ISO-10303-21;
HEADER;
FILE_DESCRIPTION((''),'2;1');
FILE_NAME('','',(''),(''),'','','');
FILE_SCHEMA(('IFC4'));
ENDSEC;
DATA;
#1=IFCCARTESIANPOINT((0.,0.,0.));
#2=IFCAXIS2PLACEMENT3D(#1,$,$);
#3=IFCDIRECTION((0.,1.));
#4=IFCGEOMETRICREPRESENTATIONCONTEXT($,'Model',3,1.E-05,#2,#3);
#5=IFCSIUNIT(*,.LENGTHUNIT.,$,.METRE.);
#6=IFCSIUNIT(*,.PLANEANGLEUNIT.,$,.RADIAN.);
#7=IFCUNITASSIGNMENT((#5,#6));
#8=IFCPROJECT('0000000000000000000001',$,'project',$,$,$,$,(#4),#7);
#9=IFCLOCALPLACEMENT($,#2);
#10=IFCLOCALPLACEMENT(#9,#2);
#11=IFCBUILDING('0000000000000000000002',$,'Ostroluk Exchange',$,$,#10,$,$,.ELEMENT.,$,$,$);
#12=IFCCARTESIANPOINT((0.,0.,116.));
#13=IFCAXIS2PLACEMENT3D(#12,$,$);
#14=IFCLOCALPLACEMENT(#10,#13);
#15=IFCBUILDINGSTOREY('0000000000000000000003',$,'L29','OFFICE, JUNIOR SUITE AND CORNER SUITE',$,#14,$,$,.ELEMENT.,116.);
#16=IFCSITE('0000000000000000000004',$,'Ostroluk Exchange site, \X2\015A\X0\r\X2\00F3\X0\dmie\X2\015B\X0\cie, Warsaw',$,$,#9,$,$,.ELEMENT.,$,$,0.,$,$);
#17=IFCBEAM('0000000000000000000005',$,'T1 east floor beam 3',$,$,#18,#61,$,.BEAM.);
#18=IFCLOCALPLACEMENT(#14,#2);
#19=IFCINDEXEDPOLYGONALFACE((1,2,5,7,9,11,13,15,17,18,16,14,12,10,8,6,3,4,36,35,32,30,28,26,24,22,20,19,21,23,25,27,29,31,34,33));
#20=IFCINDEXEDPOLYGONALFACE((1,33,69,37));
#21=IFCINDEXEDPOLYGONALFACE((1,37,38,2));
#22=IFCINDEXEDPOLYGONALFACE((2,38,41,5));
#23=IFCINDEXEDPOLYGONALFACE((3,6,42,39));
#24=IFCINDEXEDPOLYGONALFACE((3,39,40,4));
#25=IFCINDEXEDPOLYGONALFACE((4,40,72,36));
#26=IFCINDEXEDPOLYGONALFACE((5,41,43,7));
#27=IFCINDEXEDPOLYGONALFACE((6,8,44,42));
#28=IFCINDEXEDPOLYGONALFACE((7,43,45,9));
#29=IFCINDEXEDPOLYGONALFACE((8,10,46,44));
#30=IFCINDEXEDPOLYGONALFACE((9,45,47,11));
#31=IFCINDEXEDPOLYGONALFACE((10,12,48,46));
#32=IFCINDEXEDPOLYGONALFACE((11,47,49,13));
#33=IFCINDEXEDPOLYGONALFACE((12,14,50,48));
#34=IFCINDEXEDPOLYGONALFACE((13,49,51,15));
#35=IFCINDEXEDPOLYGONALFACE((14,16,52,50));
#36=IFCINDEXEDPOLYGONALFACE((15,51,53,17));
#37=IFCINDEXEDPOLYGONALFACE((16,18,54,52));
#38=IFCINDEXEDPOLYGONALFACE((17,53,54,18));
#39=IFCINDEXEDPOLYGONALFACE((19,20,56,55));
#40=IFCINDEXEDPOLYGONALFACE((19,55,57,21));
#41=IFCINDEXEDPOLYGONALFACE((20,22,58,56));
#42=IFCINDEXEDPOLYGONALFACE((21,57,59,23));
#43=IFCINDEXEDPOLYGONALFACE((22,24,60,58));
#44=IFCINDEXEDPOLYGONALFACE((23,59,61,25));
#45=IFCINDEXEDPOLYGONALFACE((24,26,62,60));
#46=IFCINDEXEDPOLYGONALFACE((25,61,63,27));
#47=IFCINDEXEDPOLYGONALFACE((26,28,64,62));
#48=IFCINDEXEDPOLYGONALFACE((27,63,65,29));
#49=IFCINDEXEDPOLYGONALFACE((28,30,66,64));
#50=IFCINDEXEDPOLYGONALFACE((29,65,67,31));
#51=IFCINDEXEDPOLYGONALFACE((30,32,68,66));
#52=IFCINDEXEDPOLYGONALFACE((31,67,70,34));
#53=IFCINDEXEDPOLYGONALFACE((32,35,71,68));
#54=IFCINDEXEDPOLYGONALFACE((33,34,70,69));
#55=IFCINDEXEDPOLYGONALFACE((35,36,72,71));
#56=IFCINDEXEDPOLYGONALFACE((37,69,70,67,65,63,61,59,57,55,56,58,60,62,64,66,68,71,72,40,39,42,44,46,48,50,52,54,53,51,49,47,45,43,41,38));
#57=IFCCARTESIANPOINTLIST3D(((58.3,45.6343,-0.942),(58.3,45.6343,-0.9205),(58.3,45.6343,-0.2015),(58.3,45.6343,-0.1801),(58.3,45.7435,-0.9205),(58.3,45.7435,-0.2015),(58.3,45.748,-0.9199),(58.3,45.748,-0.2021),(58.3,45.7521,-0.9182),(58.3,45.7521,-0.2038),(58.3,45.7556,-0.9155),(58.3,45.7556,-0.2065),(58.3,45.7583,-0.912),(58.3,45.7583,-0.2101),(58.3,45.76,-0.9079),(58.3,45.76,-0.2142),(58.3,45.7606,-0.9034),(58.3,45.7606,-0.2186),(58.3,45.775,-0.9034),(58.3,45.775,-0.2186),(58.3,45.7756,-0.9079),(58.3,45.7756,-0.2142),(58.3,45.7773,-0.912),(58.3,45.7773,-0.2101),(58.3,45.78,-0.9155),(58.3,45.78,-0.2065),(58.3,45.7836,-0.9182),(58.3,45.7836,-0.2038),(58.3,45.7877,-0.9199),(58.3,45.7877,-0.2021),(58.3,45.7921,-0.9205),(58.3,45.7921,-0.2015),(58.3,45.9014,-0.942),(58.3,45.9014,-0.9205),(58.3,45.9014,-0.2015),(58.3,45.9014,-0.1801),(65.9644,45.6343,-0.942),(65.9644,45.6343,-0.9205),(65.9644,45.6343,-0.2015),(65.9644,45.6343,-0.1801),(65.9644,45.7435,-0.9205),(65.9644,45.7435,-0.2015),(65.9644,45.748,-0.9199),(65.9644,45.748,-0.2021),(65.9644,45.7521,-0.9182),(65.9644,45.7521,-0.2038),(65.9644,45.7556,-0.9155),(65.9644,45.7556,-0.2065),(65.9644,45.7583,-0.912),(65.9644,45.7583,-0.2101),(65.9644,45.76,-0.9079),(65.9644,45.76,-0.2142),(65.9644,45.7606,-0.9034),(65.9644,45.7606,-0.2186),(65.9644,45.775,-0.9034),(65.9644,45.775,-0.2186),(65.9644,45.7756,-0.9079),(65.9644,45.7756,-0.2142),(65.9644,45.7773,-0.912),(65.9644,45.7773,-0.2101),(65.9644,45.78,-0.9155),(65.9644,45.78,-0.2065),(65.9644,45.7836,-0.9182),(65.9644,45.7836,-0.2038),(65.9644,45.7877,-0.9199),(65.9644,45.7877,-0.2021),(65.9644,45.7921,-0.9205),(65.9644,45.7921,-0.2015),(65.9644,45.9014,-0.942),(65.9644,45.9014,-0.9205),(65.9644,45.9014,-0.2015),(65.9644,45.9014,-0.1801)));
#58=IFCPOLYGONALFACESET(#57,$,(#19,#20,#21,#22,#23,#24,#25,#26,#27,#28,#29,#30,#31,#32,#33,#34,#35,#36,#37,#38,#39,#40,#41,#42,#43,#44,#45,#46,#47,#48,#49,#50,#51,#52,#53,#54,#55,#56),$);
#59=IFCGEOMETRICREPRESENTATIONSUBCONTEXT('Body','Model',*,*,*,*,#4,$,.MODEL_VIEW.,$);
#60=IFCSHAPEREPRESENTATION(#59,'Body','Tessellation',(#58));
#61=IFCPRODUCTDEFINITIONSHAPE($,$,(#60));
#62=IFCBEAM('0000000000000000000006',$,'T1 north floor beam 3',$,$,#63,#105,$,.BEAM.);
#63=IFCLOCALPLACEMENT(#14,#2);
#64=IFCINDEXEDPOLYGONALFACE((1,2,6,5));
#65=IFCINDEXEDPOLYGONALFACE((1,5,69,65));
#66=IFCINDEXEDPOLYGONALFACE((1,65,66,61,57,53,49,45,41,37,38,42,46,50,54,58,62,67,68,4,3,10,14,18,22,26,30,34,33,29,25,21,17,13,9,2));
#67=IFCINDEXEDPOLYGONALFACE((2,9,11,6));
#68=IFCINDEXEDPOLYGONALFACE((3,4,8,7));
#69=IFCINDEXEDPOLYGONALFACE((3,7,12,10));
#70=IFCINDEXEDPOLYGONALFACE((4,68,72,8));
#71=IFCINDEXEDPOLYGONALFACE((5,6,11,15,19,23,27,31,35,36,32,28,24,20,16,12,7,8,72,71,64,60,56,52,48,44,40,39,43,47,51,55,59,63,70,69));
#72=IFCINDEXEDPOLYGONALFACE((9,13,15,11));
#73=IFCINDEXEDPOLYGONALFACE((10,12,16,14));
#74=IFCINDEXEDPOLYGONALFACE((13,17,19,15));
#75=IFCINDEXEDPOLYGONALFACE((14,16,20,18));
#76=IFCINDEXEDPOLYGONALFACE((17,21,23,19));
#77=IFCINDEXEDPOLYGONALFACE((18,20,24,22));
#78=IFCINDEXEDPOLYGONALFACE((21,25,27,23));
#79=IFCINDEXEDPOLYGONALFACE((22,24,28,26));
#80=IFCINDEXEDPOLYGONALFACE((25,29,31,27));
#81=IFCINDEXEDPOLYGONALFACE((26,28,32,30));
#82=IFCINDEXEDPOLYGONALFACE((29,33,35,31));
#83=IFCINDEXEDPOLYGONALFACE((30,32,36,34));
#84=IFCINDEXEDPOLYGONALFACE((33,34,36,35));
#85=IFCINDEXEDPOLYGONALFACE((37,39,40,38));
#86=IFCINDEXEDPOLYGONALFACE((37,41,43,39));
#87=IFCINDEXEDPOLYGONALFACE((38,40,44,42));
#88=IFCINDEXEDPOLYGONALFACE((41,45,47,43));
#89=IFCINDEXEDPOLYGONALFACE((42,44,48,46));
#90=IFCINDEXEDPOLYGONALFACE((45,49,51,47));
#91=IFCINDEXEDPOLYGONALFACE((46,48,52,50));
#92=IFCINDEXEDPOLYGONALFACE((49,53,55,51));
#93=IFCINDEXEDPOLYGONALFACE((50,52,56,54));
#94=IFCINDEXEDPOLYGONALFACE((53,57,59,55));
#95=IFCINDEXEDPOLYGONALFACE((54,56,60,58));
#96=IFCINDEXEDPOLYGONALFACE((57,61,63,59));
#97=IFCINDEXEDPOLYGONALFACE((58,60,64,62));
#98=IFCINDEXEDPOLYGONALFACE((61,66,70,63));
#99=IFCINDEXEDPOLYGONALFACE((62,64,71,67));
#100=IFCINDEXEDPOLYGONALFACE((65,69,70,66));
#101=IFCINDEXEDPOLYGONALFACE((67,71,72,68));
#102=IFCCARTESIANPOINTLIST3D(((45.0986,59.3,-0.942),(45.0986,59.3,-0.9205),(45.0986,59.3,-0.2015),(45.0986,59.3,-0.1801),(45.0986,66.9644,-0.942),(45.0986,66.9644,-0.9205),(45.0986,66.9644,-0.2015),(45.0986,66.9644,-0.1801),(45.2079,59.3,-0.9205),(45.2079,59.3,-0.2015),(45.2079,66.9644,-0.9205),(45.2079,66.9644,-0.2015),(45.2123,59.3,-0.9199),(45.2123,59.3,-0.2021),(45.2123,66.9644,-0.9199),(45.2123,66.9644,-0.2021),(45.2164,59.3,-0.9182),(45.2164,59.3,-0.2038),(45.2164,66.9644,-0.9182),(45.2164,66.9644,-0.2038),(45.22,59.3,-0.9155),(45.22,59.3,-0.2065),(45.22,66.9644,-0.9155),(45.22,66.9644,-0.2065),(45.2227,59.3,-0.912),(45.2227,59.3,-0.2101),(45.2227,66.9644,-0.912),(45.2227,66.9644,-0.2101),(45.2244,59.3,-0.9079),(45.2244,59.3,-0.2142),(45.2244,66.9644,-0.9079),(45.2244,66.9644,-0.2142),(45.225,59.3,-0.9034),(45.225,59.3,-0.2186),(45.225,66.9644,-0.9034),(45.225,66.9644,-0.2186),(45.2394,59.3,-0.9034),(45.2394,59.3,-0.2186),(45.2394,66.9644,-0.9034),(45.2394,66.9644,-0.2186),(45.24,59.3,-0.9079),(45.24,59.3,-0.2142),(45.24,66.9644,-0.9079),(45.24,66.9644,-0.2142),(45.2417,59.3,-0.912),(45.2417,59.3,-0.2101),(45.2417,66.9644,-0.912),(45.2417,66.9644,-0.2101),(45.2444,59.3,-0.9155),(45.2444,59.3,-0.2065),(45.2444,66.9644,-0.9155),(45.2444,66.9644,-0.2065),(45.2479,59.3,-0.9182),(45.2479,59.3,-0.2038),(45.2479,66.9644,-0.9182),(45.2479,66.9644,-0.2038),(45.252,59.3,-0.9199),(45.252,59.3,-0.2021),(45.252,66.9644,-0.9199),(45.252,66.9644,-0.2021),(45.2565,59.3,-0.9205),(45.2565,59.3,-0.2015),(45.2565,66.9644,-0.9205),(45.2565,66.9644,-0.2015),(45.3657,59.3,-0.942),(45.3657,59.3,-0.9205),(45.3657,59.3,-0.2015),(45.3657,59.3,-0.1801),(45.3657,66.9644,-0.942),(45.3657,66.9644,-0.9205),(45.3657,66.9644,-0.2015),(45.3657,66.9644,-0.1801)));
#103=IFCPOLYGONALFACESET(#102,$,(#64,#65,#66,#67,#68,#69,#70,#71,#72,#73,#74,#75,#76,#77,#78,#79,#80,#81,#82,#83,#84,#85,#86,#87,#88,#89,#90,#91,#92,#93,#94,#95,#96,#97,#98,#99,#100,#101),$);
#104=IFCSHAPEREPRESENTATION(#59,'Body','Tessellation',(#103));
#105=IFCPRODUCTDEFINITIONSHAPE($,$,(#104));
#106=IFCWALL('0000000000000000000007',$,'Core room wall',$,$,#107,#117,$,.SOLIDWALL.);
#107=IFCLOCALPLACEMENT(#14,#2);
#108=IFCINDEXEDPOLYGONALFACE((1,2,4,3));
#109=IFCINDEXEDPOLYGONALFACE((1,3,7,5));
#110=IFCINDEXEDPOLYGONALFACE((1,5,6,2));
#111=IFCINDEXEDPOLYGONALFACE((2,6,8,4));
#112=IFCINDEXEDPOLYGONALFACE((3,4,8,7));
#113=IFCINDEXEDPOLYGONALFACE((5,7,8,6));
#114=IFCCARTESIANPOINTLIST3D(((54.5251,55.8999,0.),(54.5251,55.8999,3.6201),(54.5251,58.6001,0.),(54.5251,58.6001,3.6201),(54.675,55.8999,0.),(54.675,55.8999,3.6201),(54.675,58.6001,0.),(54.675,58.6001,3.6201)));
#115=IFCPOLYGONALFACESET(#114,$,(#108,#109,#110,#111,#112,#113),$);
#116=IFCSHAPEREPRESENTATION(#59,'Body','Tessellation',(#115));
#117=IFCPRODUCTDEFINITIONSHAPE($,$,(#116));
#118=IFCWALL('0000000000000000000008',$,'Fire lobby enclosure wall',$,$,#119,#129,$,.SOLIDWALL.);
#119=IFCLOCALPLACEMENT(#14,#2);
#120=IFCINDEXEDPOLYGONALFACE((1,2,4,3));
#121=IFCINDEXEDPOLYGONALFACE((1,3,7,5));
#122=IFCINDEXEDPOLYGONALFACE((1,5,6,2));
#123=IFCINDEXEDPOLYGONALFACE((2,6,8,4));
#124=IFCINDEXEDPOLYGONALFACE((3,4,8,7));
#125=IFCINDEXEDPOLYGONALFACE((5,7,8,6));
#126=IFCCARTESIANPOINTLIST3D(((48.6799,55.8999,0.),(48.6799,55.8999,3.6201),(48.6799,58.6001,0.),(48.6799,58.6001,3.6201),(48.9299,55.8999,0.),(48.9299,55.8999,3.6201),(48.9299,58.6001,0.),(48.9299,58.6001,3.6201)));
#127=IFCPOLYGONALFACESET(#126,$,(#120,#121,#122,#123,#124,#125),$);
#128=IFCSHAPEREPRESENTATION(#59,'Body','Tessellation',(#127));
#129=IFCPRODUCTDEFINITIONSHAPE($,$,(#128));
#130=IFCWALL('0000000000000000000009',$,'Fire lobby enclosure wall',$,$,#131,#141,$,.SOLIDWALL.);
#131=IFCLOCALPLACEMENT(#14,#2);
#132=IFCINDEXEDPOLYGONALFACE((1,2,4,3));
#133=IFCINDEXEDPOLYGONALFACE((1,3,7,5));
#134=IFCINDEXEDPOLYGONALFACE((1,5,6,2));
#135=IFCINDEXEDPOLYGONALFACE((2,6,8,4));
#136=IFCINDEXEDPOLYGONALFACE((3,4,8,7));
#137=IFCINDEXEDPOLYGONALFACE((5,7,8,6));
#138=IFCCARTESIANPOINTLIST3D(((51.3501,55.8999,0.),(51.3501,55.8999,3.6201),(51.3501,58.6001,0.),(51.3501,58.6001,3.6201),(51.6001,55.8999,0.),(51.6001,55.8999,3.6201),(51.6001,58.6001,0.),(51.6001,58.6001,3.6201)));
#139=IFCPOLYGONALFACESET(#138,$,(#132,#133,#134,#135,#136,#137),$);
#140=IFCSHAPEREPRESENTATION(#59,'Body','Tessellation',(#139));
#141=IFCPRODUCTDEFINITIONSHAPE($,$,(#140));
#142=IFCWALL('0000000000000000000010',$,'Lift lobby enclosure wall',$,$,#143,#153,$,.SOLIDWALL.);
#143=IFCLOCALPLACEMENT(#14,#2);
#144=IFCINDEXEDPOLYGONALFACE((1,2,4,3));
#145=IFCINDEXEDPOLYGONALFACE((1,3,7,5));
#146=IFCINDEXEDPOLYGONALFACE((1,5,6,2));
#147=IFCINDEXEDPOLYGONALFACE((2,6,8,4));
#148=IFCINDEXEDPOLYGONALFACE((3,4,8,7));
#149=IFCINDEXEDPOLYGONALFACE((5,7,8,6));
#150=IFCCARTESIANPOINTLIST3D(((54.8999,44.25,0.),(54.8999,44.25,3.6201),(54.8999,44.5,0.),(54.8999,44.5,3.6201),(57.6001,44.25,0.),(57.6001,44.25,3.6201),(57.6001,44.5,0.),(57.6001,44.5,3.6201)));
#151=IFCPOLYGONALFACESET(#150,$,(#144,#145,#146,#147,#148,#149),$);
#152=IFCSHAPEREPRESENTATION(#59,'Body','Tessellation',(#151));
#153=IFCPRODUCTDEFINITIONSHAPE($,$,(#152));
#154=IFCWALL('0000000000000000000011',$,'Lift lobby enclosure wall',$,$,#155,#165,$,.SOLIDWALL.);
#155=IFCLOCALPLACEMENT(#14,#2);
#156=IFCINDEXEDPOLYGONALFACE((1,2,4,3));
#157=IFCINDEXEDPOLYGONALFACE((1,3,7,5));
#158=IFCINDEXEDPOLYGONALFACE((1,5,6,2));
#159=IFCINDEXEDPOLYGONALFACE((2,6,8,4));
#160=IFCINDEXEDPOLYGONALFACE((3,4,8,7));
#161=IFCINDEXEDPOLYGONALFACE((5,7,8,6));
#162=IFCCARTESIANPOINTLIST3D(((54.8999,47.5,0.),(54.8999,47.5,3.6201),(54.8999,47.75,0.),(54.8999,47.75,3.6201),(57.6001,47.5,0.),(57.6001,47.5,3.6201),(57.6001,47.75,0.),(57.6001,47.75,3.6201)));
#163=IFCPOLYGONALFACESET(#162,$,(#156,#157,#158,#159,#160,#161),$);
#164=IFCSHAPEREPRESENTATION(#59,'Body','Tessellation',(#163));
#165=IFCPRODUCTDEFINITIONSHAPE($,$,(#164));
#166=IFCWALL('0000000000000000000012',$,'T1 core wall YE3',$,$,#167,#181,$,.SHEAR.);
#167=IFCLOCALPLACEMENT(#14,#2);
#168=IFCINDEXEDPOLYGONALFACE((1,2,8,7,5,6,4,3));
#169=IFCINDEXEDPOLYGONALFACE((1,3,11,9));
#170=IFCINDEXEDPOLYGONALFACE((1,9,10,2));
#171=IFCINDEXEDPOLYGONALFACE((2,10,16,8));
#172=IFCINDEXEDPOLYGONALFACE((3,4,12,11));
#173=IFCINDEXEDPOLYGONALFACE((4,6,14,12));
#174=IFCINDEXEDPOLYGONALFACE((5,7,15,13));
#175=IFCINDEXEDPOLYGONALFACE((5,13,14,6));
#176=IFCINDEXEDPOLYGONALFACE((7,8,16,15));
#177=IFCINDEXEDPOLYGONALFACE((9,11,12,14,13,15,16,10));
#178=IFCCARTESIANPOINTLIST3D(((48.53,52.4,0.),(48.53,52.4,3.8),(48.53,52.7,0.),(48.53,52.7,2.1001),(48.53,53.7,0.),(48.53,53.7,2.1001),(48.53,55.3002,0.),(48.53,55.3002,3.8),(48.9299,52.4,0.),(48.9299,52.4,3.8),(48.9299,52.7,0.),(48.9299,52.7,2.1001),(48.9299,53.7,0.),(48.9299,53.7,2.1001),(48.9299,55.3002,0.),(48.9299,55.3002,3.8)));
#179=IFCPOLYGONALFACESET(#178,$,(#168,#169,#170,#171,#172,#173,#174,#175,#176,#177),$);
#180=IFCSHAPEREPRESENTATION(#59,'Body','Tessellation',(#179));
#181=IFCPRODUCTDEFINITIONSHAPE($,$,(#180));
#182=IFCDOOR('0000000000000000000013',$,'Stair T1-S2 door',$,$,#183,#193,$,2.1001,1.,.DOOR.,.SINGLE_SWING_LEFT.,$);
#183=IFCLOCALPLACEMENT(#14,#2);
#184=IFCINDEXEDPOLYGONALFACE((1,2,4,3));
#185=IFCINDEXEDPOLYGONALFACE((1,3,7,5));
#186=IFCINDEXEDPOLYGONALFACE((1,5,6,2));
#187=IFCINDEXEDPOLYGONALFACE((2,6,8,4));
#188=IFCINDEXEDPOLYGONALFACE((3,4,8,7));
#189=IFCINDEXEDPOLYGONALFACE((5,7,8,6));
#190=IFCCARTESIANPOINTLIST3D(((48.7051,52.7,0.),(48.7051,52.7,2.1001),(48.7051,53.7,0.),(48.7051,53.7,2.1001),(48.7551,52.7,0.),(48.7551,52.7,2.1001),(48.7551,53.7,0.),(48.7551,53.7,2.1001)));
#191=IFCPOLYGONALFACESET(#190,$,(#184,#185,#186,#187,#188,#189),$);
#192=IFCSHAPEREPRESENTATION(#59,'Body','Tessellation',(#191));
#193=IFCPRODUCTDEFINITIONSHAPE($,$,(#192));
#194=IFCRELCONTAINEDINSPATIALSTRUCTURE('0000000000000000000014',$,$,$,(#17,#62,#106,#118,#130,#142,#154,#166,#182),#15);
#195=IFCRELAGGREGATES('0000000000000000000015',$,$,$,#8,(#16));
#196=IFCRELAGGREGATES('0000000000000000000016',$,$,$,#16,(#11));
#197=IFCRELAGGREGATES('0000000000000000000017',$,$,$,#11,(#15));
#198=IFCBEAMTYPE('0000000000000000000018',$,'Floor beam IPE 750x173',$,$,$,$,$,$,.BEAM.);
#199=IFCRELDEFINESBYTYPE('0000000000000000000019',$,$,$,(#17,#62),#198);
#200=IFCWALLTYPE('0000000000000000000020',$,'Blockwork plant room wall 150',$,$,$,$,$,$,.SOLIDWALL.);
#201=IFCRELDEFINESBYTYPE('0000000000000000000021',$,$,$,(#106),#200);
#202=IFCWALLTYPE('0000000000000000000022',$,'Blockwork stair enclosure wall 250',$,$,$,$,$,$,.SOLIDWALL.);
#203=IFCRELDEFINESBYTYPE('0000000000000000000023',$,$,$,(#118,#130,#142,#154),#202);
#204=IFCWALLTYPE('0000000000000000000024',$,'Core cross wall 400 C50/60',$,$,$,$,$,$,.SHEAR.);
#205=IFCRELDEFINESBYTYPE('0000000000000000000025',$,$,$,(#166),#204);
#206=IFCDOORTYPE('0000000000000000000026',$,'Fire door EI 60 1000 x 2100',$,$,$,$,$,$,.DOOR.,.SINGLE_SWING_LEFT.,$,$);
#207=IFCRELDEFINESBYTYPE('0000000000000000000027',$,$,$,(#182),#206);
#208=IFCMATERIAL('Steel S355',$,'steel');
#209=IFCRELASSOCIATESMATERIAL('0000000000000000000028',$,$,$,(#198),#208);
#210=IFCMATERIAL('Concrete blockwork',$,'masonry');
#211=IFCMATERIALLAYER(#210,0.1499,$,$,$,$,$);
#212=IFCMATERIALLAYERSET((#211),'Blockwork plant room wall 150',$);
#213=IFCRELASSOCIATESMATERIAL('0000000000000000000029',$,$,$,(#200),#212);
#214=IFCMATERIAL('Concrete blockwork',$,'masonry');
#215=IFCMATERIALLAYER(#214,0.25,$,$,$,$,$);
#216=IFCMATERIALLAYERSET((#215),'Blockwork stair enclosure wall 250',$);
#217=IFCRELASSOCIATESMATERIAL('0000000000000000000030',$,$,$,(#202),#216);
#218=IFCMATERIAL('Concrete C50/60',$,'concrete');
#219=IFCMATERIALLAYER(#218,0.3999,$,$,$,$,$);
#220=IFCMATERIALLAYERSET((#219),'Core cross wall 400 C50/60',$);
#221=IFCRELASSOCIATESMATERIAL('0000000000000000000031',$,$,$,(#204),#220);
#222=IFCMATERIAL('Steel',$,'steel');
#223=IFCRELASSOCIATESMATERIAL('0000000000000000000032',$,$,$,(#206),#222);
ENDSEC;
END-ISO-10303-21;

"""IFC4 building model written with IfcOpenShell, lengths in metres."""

from ifc_helpers import new_model, si_unit, direction, frame, frame_2d, origin, origin_2d, place, context, subcontext, project, spatial, rectangle, i_section, extrude, material, layer, layer_set, material_profile, profile_set, type_object, element, fill, save


model = new_model("IFC4")

# Units and contexts
model_context = context("Model", 3, precision=1e-05, world=origin(), true_north=direction((0.0, 1.0)))
body_context = subcontext(model_context, "Body", "Model", "MODEL_VIEW")
ifc_project = project(units=[si_unit("LENGTHUNIT", "METRE"), si_unit("PLANEANGLEUNIT", "RADIAN")], contexts=[model_context])

# Site, building, storey
site_placement = place(None, origin())
site = spatial("IfcSite", under=ifc_project, at=site_placement, Name="Ostroluk Exchange site, Śródmieście, Warsaw", CompositionType="ELEMENT", RefElevation=0.0)
building_placement = place(site_placement, origin())
building = spatial("IfcBuilding", under=site, at=building_placement, Name="Ostroluk Exchange", CompositionType="ELEMENT")
storey_placement = place(building_placement, frame((0.0, 0.0, 116.0)))
storey = spatial("IfcBuildingStorey", under=building, at=storey_placement, Name="L29", Description="OFFICE, JUNIOR SUITE AND CORNER SUITE", CompositionType="ELEMENT", Elevation=116.0)

# Beams
ifc_material_1 = material(Name="Steel S355", Category="steel")
ifc_material_profile = material_profile(ifc_material_1, i_section(OverallWidth=0.2671, OverallDepth=0.762, WebThickness=0.0144, FlangeThickness=0.0215, FilletRadius=0.0171, at=origin_2d()), Name="IPE 750x173")
ifc_profile_set = profile_set([ifc_material_profile], Name="Steel S355")
beam_type = type_object("IfcBeamType", Name="Floor beam IPE 750x173", PredefinedType="BEAM", material=ifc_profile_set)
for number, where, z_axis, x_axis, name in (
    (1, (58.3, 45.7678, -0.561), (1.0, 0.0, 0.0), (0.0, 1.0, 0.0), "T1 east floor beam 3"),
    (2, (45.2322, 59.3, -0.561), (0.0, 1.0, 0.0), (-1.0, 0.0, 0.0), "T1 north floor beam 3"),
):
    element("IfcBeam", number, at=place(storey_placement, frame(where, z_axis=z_axis, x_axis=x_axis)), inside=storey, type_object=beam_type, Name=name, PredefinedType="BEAM", context=body_context, shape_type="SweptSolid", body=[
        extrude(i_section(OverallWidth=0.2671, OverallDepth=0.762, WebThickness=0.0144, FlangeThickness=0.0215, FilletRadius=0.0171, at=origin_2d()), origin(), (0.0, 0.0, 1.0), 7.6643),
    ])

# Walls
ifc_material_2 = material(Name="Concrete blockwork", Category="masonry")
ifc_layer_1 = layer(ifc_material_2, 0.1499)
ifc_layer_set_1 = layer_set([ifc_layer_1], Name="Blockwork plant room wall 150")
wall_type_1 = type_object("IfcWallType", Name="Blockwork plant room wall 150", PredefinedType="SOLIDWALL", material=ifc_layer_set_1)
wall_1_placement = place(storey_placement, frame((54.6001, 55.8999, 0.0), z_axis=(0.0, 0.0, 1.0), x_axis=(0.0, 1.0, 0.0)))
element("IfcWall", 3, at=wall_1_placement, inside=storey, type_object=wall_type_1, Name="Core room wall", PredefinedType="SOLIDWALL", context=body_context, shape_type="SweptSolid", body=[
    extrude(rectangle(XDim=2.7002, YDim=0.1499, at=frame_2d((1.3501, 0.0))), origin(), (0.0, 0.0, 1.0), 3.6201),
])
ifc_material_3 = material(Name="Concrete blockwork", Category="masonry")
ifc_layer_2 = layer(ifc_material_3, 0.25)
ifc_layer_set_2 = layer_set([ifc_layer_2], Name="Blockwork stair enclosure wall 250")
wall_type_2 = type_object("IfcWallType", Name="Blockwork stair enclosure wall 250", PredefinedType="SOLIDWALL", material=ifc_layer_set_2)
for number, where, z_axis, x_axis, name in (
    (4, (48.8049, 55.8999, 0.0), (0.0, 0.0, 1.0), (0.0, 1.0, 0.0), "Fire lobby enclosure wall"),
    (5, (51.4751, 55.8999, 0.0), (0.0, 0.0, 1.0), (0.0, 1.0, 0.0), "Fire lobby enclosure wall"),
    (6, (54.8999, 44.375, 0.0), (0.0, 0.0, 1.0), (1.0, 0.0, 0.0), "Lift lobby enclosure wall"),
    (7, (54.8999, 47.625, 0.0), (0.0, 0.0, 1.0), (1.0, 0.0, 0.0), "Lift lobby enclosure wall"),
):
    element("IfcWall", number, at=place(storey_placement, frame(where, z_axis=z_axis, x_axis=x_axis)), inside=storey, type_object=wall_type_2, Name=name, PredefinedType="SOLIDWALL", context=body_context, shape_type="SweptSolid", body=[
        extrude(rectangle(XDim=2.7002, YDim=0.25, at=frame_2d((1.3501, 0.0))), origin(), (0.0, 0.0, 1.0), 3.6201),
    ])

# Wall, opening, door
ifc_material_4 = material(Name="Concrete C50/60", Category="concrete")
ifc_layer_3 = layer(ifc_material_4, 0.3999)
ifc_layer_set_3 = layer_set([ifc_layer_3], Name="Core cross wall 400 C50/60")
wall_type_3 = type_object("IfcWallType", Name="Core cross wall 400 C50/60", PredefinedType="SHEAR", material=ifc_layer_set_3)
wall_2_placement = place(storey_placement, frame((48.73, 52.3999, 0.0), z_axis=(0.0, 0.0, 1.0), x_axis=(0.0, 1.0, 0.0)))
wall_2 = element("IfcWall", 8, at=wall_2_placement, inside=storey, type_object=wall_type_3, Name="T1 core wall YE3", PredefinedType="SHEAR", context=body_context, shape_type="SweptSolid", body=[
    extrude(rectangle(XDim=2.9001, YDim=0.3999, at=frame_2d((1.4502, 0.0))), origin(), (0.0, 0.0, 1.0), 3.8),
])
opening_1_placement = place(wall_2_placement, frame((0.3, 0.0, 0.0)))
opening_1 = element("IfcOpeningElement", 9, at=opening_1_placement, cuts=wall_2, PredefinedType="OPENING", context=body_context, shape_type="SweptSolid", body=[
    extrude(rectangle(XDim=1.0, YDim=2.1001, at=frame_2d((0.5, 1.05))), frame((0.0, 0.21, 0.0), z_axis=(0.0, -1.0, 0.0), x_axis=(1.0, 0.0, 0.0)), (0.0, 0.0, 1.0), 0.4199),
])
ifc_material_5 = material(Name="Steel", Category="steel")
door_type_1 = type_object("IfcDoorType", Name="Fire door EI 60 1000 x 2100", OperationType="SINGLE_SWING_LEFT", PredefinedType="DOOR", material=ifc_material_5)
door_1_placement = place(opening_1_placement, origin())
door_1 = element("IfcDoor", 10, at=door_1_placement, inside=storey, type_object=door_type_1, Name="Stair T1-S2 door", OperationType="SINGLE_SWING_LEFT", OverallHeight=2.1001, OverallWidth=1.0, PredefinedType="DOOR", context=body_context, shape_type="SweptSolid", body=[
    extrude(rectangle(XDim=1.0, YDim=2.1001, at=frame_2d((0.5, 1.05))), frame((0.0, 0.0249, 0.0), z_axis=(0.0, -1.0, 0.0), x_axis=(1.0, 0.0, 0.0)), (0.0, 0.0, 1.0), 0.05),
])
fill(opening_1, door_1)

save(model, "model.ifc")
